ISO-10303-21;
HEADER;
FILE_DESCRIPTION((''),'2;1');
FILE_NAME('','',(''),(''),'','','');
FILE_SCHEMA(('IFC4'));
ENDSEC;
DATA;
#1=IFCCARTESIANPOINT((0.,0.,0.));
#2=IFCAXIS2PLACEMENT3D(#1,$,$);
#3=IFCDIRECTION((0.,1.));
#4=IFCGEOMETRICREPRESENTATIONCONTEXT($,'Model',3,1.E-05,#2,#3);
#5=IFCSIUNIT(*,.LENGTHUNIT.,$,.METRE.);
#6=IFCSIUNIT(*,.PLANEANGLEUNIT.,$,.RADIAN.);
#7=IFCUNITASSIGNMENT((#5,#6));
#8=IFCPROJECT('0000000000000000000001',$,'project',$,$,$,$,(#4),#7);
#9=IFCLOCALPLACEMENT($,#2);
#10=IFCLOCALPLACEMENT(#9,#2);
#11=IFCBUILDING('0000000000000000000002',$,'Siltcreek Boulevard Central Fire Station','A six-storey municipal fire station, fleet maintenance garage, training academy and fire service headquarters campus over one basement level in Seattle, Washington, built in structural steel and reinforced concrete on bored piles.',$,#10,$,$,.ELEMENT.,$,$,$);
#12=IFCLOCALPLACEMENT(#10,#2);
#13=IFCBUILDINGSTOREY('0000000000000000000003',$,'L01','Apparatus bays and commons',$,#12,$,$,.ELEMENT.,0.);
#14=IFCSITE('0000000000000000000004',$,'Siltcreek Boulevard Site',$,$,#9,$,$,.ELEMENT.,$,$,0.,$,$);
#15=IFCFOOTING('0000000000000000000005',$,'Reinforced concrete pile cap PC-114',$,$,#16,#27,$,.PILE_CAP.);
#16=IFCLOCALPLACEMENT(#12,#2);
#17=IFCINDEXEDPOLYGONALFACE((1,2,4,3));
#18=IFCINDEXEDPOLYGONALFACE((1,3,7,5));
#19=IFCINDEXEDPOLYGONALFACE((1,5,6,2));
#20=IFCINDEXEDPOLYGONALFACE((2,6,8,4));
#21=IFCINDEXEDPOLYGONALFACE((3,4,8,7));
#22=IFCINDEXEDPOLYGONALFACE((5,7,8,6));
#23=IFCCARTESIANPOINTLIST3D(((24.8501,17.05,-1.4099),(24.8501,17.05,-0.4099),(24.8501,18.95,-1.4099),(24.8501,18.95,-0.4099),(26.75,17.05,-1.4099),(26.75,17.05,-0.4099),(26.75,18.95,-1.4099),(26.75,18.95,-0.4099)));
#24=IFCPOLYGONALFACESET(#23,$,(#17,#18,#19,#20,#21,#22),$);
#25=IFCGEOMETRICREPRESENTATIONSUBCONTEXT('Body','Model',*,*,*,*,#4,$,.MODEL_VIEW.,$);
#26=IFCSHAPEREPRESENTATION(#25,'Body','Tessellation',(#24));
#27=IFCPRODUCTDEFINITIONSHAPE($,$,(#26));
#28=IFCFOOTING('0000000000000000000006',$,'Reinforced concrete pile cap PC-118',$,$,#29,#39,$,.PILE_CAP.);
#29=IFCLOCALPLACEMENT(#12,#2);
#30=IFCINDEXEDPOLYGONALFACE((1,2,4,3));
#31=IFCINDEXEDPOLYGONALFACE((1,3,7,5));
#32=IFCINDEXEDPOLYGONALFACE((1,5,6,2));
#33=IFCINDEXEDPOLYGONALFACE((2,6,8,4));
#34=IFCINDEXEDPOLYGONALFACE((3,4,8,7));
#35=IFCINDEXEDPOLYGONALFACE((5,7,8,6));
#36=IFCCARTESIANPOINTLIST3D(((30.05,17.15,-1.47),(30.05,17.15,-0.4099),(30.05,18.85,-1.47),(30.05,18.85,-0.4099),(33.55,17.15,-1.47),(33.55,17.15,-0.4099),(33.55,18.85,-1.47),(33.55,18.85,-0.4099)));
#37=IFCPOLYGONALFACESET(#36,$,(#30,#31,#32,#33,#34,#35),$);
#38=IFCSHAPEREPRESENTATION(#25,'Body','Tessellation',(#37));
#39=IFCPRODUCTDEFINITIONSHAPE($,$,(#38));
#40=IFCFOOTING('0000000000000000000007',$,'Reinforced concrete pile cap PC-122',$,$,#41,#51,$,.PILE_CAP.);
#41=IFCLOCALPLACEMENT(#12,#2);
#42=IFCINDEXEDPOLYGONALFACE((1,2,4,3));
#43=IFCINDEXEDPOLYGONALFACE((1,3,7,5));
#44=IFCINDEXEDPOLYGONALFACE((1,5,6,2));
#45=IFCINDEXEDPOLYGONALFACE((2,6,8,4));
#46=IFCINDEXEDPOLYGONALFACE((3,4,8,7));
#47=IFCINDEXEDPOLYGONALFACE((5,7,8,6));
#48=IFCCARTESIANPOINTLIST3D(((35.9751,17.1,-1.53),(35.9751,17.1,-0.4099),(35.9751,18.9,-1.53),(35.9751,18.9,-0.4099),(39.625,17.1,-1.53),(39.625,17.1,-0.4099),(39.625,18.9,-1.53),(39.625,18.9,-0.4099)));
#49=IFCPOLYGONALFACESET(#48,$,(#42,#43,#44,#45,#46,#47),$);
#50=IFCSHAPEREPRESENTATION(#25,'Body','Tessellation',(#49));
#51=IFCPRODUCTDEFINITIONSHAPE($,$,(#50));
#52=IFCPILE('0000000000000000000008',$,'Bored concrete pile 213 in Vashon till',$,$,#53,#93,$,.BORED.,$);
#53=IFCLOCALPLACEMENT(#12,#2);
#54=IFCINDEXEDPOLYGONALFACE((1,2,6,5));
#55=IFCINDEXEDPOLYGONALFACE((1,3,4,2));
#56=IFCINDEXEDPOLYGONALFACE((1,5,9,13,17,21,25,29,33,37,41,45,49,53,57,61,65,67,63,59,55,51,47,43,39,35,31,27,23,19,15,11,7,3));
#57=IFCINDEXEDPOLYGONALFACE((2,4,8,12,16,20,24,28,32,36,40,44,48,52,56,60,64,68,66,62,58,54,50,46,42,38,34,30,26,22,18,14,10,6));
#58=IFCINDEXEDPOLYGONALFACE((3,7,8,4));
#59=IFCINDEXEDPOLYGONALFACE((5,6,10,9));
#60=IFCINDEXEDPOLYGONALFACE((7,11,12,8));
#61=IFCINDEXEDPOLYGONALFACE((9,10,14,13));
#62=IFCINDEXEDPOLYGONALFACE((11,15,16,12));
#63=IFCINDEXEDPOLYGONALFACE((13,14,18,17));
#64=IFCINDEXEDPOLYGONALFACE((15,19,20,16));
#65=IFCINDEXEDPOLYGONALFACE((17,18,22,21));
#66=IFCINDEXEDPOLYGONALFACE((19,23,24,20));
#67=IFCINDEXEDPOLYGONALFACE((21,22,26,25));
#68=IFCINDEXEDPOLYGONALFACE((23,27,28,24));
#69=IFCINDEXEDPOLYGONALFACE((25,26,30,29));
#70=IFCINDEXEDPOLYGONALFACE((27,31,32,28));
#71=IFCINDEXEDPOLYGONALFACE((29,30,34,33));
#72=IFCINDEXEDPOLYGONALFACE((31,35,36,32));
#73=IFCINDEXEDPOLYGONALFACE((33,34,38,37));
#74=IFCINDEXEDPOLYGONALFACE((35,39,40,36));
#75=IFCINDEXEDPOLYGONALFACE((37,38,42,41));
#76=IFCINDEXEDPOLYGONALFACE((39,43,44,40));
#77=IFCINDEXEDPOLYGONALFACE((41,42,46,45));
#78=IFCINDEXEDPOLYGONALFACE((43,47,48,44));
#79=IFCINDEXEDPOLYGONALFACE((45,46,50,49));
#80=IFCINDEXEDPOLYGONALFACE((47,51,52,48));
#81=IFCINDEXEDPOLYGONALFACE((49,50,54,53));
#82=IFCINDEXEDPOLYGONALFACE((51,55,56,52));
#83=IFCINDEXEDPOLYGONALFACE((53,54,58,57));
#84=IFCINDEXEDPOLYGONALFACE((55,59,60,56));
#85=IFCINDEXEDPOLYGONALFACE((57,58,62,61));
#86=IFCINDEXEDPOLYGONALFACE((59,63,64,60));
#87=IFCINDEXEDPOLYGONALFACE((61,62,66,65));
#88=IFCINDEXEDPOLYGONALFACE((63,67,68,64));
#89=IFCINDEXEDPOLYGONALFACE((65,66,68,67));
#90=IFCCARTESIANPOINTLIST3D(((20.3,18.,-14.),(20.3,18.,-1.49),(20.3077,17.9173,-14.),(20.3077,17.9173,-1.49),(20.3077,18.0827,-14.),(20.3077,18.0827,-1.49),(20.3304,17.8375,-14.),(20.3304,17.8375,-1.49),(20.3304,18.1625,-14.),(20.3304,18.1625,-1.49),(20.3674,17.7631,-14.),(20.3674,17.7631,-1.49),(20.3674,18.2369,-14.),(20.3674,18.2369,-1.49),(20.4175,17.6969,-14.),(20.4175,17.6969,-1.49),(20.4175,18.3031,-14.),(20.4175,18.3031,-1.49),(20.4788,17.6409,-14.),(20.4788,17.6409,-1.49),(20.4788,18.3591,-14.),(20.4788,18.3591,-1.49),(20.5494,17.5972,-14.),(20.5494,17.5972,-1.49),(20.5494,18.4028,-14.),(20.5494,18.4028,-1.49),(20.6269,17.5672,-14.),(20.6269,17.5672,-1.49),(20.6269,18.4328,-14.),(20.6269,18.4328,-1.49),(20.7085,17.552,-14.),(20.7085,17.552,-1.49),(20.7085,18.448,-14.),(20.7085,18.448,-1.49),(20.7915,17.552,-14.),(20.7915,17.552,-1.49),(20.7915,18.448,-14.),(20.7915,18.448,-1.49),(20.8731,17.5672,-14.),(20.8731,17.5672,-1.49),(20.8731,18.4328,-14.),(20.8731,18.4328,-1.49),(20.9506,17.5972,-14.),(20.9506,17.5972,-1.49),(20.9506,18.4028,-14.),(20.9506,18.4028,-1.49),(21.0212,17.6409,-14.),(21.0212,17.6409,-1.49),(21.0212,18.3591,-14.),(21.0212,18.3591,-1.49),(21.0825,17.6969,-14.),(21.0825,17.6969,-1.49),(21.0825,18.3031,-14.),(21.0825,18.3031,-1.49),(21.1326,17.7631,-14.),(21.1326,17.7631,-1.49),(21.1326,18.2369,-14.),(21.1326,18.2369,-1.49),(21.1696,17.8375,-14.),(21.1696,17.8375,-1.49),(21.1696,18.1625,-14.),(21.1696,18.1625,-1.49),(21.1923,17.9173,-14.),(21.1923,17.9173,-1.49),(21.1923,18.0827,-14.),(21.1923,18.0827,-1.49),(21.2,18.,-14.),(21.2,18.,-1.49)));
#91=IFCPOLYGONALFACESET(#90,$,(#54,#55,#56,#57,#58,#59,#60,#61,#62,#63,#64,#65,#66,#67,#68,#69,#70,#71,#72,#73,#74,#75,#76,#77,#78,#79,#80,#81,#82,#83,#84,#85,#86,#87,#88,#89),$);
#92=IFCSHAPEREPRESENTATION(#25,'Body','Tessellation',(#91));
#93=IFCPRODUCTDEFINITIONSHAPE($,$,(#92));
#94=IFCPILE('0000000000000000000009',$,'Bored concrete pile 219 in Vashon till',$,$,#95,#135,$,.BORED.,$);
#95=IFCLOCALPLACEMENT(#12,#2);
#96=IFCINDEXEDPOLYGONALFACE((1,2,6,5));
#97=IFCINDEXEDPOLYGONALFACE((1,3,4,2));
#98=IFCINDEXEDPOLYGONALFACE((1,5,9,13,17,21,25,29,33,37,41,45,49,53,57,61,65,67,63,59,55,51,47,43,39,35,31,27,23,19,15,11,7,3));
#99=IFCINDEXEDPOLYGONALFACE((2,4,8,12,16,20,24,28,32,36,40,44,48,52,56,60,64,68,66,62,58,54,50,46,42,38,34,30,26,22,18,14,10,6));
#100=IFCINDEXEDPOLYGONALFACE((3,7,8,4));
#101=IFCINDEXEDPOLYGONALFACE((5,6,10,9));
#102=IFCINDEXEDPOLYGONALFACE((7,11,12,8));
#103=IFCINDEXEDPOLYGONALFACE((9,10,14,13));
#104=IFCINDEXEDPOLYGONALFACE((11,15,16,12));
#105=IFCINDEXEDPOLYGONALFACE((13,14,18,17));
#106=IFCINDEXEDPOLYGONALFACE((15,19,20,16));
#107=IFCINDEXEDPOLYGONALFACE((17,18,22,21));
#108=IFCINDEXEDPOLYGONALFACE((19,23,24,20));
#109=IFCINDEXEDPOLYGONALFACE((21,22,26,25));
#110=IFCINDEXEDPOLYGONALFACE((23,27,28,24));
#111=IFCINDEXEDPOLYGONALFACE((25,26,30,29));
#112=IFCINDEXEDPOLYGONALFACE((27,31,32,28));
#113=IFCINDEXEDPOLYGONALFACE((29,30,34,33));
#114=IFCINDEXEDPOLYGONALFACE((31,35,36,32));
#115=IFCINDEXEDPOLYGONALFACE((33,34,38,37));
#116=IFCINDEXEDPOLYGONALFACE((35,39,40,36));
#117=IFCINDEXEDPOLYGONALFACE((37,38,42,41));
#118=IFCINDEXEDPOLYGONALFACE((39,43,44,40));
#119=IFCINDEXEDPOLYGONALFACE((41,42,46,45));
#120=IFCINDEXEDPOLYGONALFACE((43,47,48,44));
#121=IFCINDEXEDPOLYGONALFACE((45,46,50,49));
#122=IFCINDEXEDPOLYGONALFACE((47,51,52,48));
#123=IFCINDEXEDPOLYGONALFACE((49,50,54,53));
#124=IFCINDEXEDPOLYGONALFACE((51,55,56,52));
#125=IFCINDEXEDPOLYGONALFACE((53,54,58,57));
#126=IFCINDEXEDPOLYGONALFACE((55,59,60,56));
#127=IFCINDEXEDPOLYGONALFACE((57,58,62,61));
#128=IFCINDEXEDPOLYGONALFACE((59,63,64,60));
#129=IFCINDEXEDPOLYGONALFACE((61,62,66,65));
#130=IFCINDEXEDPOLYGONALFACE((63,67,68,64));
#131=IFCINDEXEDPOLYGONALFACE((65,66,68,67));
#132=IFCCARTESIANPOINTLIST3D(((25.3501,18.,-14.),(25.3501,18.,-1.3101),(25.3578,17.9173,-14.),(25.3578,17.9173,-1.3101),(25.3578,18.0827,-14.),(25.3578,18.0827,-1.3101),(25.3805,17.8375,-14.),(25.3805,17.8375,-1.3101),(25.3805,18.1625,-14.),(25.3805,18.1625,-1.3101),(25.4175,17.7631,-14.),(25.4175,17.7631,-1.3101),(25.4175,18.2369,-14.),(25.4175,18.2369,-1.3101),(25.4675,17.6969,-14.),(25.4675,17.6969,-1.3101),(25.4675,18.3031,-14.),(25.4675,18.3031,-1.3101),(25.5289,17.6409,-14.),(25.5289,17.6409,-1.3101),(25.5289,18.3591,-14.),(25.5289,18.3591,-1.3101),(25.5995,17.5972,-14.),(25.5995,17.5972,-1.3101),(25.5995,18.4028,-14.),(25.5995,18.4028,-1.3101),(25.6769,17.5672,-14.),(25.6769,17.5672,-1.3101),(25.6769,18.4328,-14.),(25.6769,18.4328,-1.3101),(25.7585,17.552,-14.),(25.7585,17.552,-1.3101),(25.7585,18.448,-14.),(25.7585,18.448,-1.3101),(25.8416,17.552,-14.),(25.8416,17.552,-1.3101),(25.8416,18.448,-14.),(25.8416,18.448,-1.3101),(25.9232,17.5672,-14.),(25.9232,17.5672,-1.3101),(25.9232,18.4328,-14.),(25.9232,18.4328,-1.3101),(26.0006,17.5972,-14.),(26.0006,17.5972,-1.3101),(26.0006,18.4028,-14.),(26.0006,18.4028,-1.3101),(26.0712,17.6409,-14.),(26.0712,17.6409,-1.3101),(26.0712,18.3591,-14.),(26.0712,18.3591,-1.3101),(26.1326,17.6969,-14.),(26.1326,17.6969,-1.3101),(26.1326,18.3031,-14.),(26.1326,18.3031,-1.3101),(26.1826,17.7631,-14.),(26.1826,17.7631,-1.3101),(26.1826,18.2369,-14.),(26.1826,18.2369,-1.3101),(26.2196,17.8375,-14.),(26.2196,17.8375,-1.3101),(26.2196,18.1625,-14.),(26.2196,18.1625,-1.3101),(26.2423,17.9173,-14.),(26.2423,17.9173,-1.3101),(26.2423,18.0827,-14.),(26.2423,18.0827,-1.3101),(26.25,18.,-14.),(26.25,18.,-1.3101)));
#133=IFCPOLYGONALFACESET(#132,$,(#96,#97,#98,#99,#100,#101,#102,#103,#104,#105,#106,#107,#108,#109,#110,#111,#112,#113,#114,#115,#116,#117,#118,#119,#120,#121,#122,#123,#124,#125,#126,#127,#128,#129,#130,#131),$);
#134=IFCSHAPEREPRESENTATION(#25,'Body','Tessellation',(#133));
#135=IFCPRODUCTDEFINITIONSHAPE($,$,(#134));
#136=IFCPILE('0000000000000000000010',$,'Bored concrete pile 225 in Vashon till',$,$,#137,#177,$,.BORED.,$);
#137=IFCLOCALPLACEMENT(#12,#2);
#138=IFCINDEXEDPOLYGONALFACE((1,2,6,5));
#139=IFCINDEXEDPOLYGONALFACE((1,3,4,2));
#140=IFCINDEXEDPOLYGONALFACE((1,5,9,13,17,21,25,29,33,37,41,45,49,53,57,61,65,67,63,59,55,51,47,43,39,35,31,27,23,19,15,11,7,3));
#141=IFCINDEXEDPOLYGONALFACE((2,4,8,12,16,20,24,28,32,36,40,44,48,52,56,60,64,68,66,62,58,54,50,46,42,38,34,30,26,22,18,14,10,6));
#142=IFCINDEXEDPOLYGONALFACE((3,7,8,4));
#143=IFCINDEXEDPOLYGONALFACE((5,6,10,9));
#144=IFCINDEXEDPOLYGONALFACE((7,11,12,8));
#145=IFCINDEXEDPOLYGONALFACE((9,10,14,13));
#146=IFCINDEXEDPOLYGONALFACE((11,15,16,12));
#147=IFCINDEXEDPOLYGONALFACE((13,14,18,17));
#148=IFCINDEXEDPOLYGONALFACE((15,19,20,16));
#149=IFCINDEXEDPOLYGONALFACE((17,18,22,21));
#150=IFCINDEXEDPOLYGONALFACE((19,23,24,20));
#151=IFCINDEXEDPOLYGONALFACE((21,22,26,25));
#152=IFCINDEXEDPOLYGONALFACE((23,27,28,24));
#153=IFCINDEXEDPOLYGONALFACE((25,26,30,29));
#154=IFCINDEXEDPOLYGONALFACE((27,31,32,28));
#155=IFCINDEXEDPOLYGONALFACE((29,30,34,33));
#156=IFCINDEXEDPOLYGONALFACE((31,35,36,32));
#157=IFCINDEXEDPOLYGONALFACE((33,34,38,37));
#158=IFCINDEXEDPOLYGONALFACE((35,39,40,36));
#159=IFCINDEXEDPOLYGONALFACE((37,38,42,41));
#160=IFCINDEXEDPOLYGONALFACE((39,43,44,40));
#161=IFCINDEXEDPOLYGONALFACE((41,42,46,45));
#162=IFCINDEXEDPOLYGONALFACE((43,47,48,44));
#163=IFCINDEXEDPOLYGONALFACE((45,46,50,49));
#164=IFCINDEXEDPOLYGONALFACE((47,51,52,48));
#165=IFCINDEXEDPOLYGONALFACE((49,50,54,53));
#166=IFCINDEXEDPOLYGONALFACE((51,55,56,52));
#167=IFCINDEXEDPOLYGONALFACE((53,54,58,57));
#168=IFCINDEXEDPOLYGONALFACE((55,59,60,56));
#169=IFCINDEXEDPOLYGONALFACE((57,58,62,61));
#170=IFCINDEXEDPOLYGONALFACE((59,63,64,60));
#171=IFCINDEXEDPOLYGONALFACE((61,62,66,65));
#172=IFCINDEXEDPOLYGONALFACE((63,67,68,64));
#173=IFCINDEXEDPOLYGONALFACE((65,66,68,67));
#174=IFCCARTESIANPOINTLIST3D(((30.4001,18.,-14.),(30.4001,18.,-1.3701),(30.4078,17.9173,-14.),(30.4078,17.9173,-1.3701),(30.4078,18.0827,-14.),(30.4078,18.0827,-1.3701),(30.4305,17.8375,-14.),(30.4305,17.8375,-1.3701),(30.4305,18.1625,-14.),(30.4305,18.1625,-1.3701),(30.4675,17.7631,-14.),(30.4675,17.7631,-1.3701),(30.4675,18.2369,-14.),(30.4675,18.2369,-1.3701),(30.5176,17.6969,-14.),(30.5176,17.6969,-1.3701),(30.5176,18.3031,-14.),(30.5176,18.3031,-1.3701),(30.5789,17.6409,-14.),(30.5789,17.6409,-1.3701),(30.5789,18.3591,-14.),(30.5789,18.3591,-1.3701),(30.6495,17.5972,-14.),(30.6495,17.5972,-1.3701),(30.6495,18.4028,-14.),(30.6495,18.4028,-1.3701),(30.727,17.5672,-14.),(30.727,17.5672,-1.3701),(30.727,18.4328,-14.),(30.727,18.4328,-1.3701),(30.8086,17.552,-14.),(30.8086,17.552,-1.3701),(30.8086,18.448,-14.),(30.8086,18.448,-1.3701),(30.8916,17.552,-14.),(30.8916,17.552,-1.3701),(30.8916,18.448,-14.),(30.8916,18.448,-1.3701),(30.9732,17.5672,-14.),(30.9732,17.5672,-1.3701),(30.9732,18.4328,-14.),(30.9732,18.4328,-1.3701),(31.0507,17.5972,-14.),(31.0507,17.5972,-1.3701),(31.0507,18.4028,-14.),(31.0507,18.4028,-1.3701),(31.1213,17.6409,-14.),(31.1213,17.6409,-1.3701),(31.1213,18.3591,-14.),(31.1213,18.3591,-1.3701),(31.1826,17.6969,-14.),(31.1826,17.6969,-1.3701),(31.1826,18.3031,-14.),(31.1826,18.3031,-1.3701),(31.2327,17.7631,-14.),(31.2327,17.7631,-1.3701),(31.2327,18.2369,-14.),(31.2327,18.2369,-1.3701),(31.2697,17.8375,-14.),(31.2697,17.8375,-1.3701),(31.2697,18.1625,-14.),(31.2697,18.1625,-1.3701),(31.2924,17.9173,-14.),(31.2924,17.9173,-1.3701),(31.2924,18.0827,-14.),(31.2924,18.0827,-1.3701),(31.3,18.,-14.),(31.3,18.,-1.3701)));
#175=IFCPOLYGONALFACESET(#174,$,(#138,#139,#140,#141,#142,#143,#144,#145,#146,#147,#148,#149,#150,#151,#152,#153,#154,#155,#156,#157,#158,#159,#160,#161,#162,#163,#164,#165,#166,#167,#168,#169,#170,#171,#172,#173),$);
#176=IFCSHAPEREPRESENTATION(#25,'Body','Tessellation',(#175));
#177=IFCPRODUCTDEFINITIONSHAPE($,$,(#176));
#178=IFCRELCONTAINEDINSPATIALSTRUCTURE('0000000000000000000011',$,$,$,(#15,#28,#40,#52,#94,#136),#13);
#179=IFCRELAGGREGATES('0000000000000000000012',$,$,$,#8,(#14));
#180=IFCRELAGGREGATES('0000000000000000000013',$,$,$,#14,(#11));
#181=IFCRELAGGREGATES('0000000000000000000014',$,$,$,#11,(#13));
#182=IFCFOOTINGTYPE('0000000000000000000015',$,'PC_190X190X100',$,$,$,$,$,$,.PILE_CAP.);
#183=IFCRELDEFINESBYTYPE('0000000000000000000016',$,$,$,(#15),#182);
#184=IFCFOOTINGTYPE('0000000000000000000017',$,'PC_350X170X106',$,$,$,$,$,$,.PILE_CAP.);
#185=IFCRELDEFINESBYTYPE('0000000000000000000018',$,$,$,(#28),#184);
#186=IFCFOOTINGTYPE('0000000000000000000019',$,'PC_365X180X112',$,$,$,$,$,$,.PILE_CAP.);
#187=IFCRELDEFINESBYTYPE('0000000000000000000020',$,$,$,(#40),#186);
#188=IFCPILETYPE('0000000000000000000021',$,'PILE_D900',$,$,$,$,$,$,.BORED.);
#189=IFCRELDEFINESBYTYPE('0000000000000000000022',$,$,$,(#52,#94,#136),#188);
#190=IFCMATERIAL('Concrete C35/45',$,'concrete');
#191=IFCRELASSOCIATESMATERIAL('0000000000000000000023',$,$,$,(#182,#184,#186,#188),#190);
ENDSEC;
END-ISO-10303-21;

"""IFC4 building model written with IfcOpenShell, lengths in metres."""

from ifc_helpers import new_model, si_unit, direction, frame, origin, origin_2d, place, context, subcontext, project, spatial, rectangle, circle, extrude, material, material_profile, profile_set, type_object, element, save


model = new_model("IFC4")

# Units and contexts
model_context = context("Model", 3, precision=1e-05, world=origin(), true_north=direction((0.0, 1.0)))
body_context = subcontext(model_context, "Body", "Model", "MODEL_VIEW")
ifc_project = project(units=[si_unit("LENGTHUNIT", "METRE"), si_unit("PLANEANGLEUNIT", "RADIAN")], contexts=[model_context])

# Site, building, storey
site_placement = place(None, origin())
site = spatial("IfcSite", under=ifc_project, at=site_placement, Name="Siltcreek Boulevard Site", CompositionType="ELEMENT", RefElevation=0.0)
building_placement = place(site_placement, origin())
building = spatial("IfcBuilding", under=site, at=building_placement, Name="Siltcreek Boulevard Central Fire Station", Description="A six-storey municipal fire station, fleet maintenance garage, training academy and fire service headquarters campus over one basement level in Seattle, Washington, built in structural steel and reinforced concrete on bored piles.", CompositionType="ELEMENT")
storey_placement = place(building_placement, origin())
storey = spatial("IfcBuildingStorey", under=building, at=storey_placement, Name="L01", Description="Apparatus bays and commons", CompositionType="ELEMENT", Elevation=0.0)

# Footings
ifc_material_1 = material(Name="Concrete C35/45", Category="concrete")
footing_type_1 = type_object("IfcFootingType", Name="PC_190X190X100", PredefinedType="PILE_CAP", material=ifc_material_1)
footing_1_placement = place(storey_placement, frame((25.8, 18.0, -1.4099), z_axis=(0.0, 0.0, 1.0), x_axis=(1.0, 0.0, 0.0)))
element("IfcFooting", 1, at=footing_1_placement, inside=storey, type_object=footing_type_1, Name="Reinforced concrete pile cap PC-114", PredefinedType="PILE_CAP", context=body_context, shape_type="SweptSolid", body=[
    extrude(rectangle(XDim=1.8999, YDim=1.8999, at=origin_2d()), origin(), (0.0, 0.0, 1.0), 1.0),
])
footing_type_2 = type_object("IfcFootingType", Name="PC_350X170X106", PredefinedType="PILE_CAP", material=ifc_material_1)
footing_2_placement = place(storey_placement, frame((31.8, 18.0, -1.47), z_axis=(0.0, 0.0, 1.0), x_axis=(1.0, 0.0, 0.0)))
element("IfcFooting", 2, at=footing_2_placement, inside=storey, type_object=footing_type_2, Name="Reinforced concrete pile cap PC-118", PredefinedType="PILE_CAP", context=body_context, shape_type="SweptSolid", body=[
    extrude(rectangle(XDim=3.5, YDim=1.7, at=origin_2d()), origin(), (0.0, 0.0, 1.0), 1.0601),
])
footing_type_3 = type_object("IfcFootingType", Name="PC_365X180X112", PredefinedType="PILE_CAP", material=ifc_material_1)
footing_3_placement = place(storey_placement, frame((37.8, 18.0, -1.53), z_axis=(0.0, 0.0, 1.0), x_axis=(1.0, 0.0, 0.0)))
element("IfcFooting", 3, at=footing_3_placement, inside=storey, type_object=footing_type_3, Name="Reinforced concrete pile cap PC-122", PredefinedType="PILE_CAP", context=body_context, shape_type="SweptSolid", body=[
    extrude(rectangle(XDim=3.6499, YDim=1.8, at=origin_2d()), origin(), (0.0, 0.0, 1.0), 1.1201),
])

# Piles
ifc_material_profile_1 = material_profile(ifc_material_1, circle(Radius=0.45, at=origin_2d()), Name="SHAFT900")
ifc_profile_set_1 = profile_set([ifc_material_profile_1], Name="Concrete C35/45")
pile_type = type_object("IfcPileType", Name="PILE_D900", PredefinedType="BORED", material=ifc_profile_set_1)
pile_1_placement = place(storey_placement, frame((20.75, 18.0, -1.49), z_axis=(0.0, 0.0, -1.0), x_axis=(1.0, 0.0, 0.0)))
element("IfcPile", 4, at=pile_1_placement, inside=storey, type_object=pile_type, Name="Bored concrete pile 213 in Vashon till", PredefinedType="BORED", context=body_context, shape_type="SweptSolid", body=[
    extrude(circle(Radius=0.45, at=origin_2d()), origin(), (0.0, 0.0, 1.0), 12.51),
])
pile_2_placement = place(storey_placement, frame((25.8, 18.0, -1.3101), z_axis=(0.0, 0.0, -1.0), x_axis=(1.0, 0.0, 0.0)))
element("IfcPile", 5, at=pile_2_placement, inside=storey, type_object=pile_type, Name="Bored concrete pile 219 in Vashon till", PredefinedType="BORED", context=body_context, shape_type="SweptSolid", body=[
    extrude(circle(Radius=0.45, at=origin_2d()), origin(), (0.0, 0.0, 1.0), 12.6899),
])
for number, where, z_axis, x_axis, name in (
    (6, (30.8501, 18.0, -1.3701), (0.0, 0.0, -1.0), (1.0, 0.0, 0.0), "Bored concrete pile 225 in Vashon till"),
):
    element("IfcPile", number, at=place(storey_placement, frame(where, z_axis=z_axis, x_axis=x_axis)), inside=storey, type_object=pile_type, Name=name, PredefinedType="BORED", context=body_context, shape_type="SweptSolid", body=[
        extrude(circle(Radius=0.45, at=origin_2d()), origin(), (0.0, 0.0, 1.0), 12.6299),
    ])

save(model, "model.ifc")
